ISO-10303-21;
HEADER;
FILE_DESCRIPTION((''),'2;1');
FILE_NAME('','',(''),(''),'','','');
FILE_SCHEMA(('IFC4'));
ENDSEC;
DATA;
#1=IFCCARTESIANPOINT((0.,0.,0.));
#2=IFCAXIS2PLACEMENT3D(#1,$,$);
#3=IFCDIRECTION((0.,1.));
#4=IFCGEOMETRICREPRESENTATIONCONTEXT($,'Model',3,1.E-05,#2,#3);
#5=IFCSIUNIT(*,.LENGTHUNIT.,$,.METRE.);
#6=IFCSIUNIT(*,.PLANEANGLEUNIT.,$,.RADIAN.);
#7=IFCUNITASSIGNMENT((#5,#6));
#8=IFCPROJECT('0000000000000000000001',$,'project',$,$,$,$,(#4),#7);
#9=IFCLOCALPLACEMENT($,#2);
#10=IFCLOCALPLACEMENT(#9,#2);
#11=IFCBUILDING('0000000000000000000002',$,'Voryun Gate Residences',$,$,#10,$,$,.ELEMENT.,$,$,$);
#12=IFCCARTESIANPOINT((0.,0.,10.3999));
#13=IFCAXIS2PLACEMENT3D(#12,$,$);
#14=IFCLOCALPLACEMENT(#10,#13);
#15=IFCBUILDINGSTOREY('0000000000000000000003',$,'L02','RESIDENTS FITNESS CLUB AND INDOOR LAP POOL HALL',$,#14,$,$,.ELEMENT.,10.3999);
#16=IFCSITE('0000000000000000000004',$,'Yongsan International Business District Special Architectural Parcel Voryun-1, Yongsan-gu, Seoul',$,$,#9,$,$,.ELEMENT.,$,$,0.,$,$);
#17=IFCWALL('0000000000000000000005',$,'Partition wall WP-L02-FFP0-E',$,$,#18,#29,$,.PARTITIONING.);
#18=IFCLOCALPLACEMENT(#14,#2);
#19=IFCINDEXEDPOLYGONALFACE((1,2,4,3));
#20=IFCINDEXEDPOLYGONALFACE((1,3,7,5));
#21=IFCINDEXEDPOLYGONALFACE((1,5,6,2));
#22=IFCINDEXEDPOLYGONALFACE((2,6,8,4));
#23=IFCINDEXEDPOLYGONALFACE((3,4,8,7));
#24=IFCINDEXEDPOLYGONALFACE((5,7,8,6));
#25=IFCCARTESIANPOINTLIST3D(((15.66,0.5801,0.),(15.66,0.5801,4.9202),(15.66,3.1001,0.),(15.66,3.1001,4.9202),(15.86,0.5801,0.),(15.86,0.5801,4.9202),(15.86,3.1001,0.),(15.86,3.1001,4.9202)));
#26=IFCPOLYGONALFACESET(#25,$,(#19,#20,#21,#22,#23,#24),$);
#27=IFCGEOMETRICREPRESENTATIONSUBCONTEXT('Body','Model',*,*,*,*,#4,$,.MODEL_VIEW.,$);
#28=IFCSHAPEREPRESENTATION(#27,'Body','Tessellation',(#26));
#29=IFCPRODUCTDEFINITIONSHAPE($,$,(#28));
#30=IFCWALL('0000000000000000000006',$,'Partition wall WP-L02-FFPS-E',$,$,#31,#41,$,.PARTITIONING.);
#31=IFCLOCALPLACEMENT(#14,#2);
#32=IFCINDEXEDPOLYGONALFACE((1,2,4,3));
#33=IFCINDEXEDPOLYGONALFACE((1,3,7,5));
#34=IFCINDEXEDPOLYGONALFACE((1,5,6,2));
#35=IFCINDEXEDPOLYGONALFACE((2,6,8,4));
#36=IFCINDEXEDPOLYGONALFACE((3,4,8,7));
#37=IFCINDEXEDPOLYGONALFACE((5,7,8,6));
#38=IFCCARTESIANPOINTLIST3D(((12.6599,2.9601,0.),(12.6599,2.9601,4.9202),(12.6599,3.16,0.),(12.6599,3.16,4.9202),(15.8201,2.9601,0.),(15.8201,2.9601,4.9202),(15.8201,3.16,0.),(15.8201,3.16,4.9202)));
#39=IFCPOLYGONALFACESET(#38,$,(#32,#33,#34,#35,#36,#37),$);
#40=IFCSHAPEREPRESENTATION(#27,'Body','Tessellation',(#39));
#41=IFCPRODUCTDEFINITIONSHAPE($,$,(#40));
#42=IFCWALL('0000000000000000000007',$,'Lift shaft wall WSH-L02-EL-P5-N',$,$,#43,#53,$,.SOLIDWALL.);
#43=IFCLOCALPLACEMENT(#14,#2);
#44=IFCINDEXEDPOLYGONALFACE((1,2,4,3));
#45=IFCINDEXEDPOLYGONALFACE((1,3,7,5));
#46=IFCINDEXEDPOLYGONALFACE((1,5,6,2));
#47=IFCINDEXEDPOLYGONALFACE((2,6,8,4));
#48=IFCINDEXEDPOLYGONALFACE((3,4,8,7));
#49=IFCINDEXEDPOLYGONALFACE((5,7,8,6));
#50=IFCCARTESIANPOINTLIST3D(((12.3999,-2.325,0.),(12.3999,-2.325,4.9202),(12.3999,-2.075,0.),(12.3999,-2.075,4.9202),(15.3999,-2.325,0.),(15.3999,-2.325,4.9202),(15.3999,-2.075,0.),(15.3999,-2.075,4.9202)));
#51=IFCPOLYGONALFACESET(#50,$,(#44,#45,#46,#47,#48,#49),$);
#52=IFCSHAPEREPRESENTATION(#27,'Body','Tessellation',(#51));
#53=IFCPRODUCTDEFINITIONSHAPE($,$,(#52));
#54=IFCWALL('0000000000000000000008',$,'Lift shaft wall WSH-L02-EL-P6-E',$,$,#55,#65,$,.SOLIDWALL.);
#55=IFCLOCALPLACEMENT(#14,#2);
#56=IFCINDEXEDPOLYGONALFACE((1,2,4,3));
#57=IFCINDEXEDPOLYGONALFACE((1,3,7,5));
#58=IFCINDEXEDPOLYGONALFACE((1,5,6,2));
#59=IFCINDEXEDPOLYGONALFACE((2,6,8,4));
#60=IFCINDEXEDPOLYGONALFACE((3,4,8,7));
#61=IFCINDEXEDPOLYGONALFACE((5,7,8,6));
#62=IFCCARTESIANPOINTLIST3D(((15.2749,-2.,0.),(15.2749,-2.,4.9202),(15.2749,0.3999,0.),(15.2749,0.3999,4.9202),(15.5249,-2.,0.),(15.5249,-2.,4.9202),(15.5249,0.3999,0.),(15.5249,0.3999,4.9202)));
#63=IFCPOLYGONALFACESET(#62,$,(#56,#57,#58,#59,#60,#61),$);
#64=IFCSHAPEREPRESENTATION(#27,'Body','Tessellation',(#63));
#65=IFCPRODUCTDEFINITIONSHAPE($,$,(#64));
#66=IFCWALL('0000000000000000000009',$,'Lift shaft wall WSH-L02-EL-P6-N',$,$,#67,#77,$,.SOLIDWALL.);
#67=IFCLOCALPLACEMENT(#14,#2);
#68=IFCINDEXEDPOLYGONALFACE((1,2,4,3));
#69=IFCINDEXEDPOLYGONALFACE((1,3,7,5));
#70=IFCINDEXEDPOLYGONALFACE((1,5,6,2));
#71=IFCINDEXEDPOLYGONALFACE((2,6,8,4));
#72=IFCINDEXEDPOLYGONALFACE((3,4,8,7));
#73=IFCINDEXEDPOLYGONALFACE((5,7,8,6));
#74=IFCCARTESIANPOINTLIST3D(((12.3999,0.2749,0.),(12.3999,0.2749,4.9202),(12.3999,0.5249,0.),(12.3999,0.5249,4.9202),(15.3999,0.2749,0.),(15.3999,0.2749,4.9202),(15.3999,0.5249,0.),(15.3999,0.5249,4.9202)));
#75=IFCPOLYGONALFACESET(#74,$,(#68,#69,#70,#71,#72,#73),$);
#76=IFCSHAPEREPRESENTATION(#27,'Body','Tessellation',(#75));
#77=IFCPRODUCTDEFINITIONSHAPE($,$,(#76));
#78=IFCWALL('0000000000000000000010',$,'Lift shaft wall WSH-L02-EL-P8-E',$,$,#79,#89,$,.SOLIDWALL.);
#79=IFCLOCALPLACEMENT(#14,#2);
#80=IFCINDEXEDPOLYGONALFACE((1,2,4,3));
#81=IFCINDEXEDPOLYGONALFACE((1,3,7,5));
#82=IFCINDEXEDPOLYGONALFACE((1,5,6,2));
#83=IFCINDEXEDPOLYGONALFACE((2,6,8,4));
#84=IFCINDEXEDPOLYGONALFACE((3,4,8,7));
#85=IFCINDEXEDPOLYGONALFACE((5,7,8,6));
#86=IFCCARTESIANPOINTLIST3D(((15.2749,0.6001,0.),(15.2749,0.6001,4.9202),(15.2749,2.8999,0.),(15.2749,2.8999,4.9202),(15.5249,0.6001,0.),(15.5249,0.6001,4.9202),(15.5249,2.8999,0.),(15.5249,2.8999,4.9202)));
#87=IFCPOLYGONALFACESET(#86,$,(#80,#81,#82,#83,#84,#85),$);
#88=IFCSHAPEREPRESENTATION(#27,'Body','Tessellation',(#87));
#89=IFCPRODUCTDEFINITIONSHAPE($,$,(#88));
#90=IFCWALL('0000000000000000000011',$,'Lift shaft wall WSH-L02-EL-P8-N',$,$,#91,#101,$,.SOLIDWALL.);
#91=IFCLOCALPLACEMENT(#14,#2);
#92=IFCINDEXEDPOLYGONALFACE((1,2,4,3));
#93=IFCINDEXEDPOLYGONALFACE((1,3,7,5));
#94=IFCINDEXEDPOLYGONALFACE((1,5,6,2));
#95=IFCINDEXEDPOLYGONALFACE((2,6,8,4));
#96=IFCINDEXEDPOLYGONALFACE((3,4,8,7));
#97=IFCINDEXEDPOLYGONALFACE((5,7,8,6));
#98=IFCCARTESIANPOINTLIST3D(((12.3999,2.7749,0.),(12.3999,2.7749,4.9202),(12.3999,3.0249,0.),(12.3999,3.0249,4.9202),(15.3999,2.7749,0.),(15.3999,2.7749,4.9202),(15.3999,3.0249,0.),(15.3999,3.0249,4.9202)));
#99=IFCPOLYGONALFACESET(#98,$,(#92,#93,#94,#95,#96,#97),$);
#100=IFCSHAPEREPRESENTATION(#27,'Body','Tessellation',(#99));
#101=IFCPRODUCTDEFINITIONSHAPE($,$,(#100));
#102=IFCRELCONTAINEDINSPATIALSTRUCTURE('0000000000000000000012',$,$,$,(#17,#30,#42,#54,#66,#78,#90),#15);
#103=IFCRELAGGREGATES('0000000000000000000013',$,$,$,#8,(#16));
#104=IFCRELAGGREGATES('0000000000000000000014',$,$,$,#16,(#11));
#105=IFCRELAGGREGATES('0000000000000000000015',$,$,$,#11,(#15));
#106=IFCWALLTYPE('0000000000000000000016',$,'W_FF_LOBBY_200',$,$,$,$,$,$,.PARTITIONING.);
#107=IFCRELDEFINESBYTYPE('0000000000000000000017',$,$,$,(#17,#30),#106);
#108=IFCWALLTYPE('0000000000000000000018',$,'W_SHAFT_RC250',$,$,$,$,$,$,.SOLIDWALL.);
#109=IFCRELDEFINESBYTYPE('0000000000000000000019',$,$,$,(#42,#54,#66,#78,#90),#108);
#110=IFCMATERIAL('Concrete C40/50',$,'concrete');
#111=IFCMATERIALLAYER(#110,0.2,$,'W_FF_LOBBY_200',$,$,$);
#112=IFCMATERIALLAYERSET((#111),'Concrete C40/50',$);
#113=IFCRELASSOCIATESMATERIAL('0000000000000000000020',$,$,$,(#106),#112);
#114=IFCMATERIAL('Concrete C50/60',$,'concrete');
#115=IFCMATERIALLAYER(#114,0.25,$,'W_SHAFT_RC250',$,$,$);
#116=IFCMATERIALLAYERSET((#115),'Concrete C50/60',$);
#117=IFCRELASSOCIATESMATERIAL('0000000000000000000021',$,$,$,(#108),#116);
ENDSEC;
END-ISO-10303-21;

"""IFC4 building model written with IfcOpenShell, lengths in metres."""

from ifc_helpers import new_model, si_unit, direction, frame, frame_2d, origin, place, context, subcontext, project, spatial, rectangle, extrude, material, layer, layer_set, type_object, element, save


model = new_model("IFC4")

# Units and contexts
model_context = context("Model", 3, precision=1e-05, world=origin(), true_north=direction((0.0, 1.0)))
body_context = subcontext(model_context, "Body", "Model", "MODEL_VIEW")
ifc_project = project(units=[si_unit("LENGTHUNIT", "METRE"), si_unit("PLANEANGLEUNIT", "RADIAN")], contexts=[model_context])

# Site, building, storey
site_placement = place(None, origin())
site = spatial("IfcSite", under=ifc_project, at=site_placement, Name="Yongsan International Business District Special Architectural Parcel Voryun-1, Yongsan-gu, Seoul", CompositionType="ELEMENT", RefElevation=0.0)
building_placement = place(site_placement, origin())
building = spatial("IfcBuilding", under=site, at=building_placement, Name="Voryun Gate Residences", CompositionType="ELEMENT")
storey_placement = place(building_placement, frame((0.0, 0.0, 10.3999)))
storey = spatial("IfcBuildingStorey", under=building, at=storey_placement, Name="L02", Description="RESIDENTS FITNESS CLUB AND INDOOR LAP POOL HALL", CompositionType="ELEMENT", Elevation=10.3999)

# Walls
ifc_material_1 = material(Name="Concrete C40/50", Category="concrete")
ifc_layer_1 = layer(ifc_material_1, 0.2, Name="W_FF_LOBBY_200")
ifc_layer_set_1 = layer_set([ifc_layer_1], Name="Concrete C40/50")
wall_type_1 = type_object("IfcWallType", Name="W_FF_LOBBY_200", PredefinedType="PARTITIONING", material=ifc_layer_set_1)
wall_1_placement = place(storey_placement, frame((15.76, 0.5801, 0.0), z_axis=(0.0, 0.0, 1.0), x_axis=(0.0, 1.0, 0.0)))
element("IfcWall", 1, at=wall_1_placement, inside=storey, type_object=wall_type_1, Name="Partition wall WP-L02-FFP0-E", PredefinedType="PARTITIONING", context=body_context, shape_type="SweptSolid", body=[
    extrude(rectangle(XDim=2.52, YDim=0.2, at=frame_2d((1.26, 0.0))), origin(), (0.0, 0.0, 1.0), 4.9202),
])
wall_2_placement = place(storey_placement, frame((12.6599, 3.0601, 0.0), z_axis=(0.0, 0.0, 1.0), x_axis=(1.0, 0.0, 0.0)))
element("IfcWall", 2, at=wall_2_placement, inside=storey, type_object=wall_type_1, Name="Partition wall WP-L02-FFPS-E", PredefinedType="PARTITIONING", context=body_context, shape_type="SweptSolid", body=[
    extrude(rectangle(XDim=3.1602, YDim=0.2, at=frame_2d((1.5801, 0.0))), origin(), (0.0, 0.0, 1.0), 4.9202),
])
ifc_material_2 = material(Name="Concrete C50/60", Category="concrete")
ifc_layer_2 = layer(ifc_material_2, 0.25, Name="W_SHAFT_RC250")
ifc_layer_set_2 = layer_set([ifc_layer_2], Name="Concrete C50/60")
wall_type_2 = type_object("IfcWallType", Name="W_SHAFT_RC250", PredefinedType="SOLIDWALL", material=ifc_layer_set_2)
wall_3_placement = place(storey_placement, frame((15.3999, -2.2, 0.0), z_axis=(0.0, 0.0, 1.0), x_axis=(-1.0, 0.0, 0.0)))
element("IfcWall", 3, at=wall_3_placement, inside=storey, type_object=wall_type_2, Name="Lift shaft wall WSH-L02-EL-P5-N", PredefinedType="SOLIDWALL", context=body_context, shape_type="SweptSolid", body=[
    extrude(rectangle(XDim=3.0, YDim=0.25, at=frame_2d((1.5, 0.0))), origin(), (0.0, 0.0, 1.0), 4.9202),
])
wall_4_placement = place(storey_placement, frame((15.3999, -2.0, 0.0), z_axis=(0.0, 0.0, 1.0), x_axis=(0.0, 1.0, 0.0)))
element("IfcWall", 4, at=wall_4_placement, inside=storey, type_object=wall_type_2, Name="Lift shaft wall WSH-L02-EL-P6-E", PredefinedType="SOLIDWALL", context=body_context, shape_type="SweptSolid", body=[
    extrude(rectangle(XDim=2.3999, YDim=0.25, at=frame_2d((1.2, 0.0))), origin(), (0.0, 0.0, 1.0), 4.9202),
])
wall_5_placement = place(storey_placement, frame((15.3999, 0.3999, 0.0), z_axis=(0.0, 0.0, 1.0), x_axis=(-1.0, 0.0, 0.0)))
element("IfcWall", 5, at=wall_5_placement, inside=storey, type_object=wall_type_2, Name="Lift shaft wall WSH-L02-EL-P6-N", PredefinedType="SOLIDWALL", context=body_context, shape_type="SweptSolid", body=[
    extrude(rectangle(XDim=3.0, YDim=0.25, at=frame_2d((1.5, 0.0))), origin(), (0.0, 0.0, 1.0), 4.9202),
])
wall_6_placement = place(storey_placement, frame((15.3999, 0.6001, 0.0), z_axis=(0.0, 0.0, 1.0), x_axis=(0.0, 1.0, 0.0)))
element("IfcWall", 6, at=wall_6_placement, inside=storey, type_object=wall_type_2, Name="Lift shaft wall WSH-L02-EL-P8-E", PredefinedType="SOLIDWALL", context=body_context, shape_type="SweptSolid", body=[
    extrude(rectangle(XDim=2.2998, YDim=0.25, at=frame_2d((1.1499, 0.0))), origin(), (0.0, 0.0, 1.0), 4.9202),
])
wall_7_placement = place(storey_placement, frame((15.3999, 2.8999, 0.0), z_axis=(0.0, 0.0, 1.0), x_axis=(-1.0, 0.0, 0.0)))
element("IfcWall", 7, at=wall_7_placement, inside=storey, type_object=wall_type_2, Name="Lift shaft wall WSH-L02-EL-P8-N", PredefinedType="SOLIDWALL", context=body_context, shape_type="SweptSolid", body=[
    extrude(rectangle(XDim=3.0, YDim=0.25, at=frame_2d((1.5, 0.0))), origin(), (0.0, 0.0, 1.0), 4.9202),
])

save(model, "model.ifc")
